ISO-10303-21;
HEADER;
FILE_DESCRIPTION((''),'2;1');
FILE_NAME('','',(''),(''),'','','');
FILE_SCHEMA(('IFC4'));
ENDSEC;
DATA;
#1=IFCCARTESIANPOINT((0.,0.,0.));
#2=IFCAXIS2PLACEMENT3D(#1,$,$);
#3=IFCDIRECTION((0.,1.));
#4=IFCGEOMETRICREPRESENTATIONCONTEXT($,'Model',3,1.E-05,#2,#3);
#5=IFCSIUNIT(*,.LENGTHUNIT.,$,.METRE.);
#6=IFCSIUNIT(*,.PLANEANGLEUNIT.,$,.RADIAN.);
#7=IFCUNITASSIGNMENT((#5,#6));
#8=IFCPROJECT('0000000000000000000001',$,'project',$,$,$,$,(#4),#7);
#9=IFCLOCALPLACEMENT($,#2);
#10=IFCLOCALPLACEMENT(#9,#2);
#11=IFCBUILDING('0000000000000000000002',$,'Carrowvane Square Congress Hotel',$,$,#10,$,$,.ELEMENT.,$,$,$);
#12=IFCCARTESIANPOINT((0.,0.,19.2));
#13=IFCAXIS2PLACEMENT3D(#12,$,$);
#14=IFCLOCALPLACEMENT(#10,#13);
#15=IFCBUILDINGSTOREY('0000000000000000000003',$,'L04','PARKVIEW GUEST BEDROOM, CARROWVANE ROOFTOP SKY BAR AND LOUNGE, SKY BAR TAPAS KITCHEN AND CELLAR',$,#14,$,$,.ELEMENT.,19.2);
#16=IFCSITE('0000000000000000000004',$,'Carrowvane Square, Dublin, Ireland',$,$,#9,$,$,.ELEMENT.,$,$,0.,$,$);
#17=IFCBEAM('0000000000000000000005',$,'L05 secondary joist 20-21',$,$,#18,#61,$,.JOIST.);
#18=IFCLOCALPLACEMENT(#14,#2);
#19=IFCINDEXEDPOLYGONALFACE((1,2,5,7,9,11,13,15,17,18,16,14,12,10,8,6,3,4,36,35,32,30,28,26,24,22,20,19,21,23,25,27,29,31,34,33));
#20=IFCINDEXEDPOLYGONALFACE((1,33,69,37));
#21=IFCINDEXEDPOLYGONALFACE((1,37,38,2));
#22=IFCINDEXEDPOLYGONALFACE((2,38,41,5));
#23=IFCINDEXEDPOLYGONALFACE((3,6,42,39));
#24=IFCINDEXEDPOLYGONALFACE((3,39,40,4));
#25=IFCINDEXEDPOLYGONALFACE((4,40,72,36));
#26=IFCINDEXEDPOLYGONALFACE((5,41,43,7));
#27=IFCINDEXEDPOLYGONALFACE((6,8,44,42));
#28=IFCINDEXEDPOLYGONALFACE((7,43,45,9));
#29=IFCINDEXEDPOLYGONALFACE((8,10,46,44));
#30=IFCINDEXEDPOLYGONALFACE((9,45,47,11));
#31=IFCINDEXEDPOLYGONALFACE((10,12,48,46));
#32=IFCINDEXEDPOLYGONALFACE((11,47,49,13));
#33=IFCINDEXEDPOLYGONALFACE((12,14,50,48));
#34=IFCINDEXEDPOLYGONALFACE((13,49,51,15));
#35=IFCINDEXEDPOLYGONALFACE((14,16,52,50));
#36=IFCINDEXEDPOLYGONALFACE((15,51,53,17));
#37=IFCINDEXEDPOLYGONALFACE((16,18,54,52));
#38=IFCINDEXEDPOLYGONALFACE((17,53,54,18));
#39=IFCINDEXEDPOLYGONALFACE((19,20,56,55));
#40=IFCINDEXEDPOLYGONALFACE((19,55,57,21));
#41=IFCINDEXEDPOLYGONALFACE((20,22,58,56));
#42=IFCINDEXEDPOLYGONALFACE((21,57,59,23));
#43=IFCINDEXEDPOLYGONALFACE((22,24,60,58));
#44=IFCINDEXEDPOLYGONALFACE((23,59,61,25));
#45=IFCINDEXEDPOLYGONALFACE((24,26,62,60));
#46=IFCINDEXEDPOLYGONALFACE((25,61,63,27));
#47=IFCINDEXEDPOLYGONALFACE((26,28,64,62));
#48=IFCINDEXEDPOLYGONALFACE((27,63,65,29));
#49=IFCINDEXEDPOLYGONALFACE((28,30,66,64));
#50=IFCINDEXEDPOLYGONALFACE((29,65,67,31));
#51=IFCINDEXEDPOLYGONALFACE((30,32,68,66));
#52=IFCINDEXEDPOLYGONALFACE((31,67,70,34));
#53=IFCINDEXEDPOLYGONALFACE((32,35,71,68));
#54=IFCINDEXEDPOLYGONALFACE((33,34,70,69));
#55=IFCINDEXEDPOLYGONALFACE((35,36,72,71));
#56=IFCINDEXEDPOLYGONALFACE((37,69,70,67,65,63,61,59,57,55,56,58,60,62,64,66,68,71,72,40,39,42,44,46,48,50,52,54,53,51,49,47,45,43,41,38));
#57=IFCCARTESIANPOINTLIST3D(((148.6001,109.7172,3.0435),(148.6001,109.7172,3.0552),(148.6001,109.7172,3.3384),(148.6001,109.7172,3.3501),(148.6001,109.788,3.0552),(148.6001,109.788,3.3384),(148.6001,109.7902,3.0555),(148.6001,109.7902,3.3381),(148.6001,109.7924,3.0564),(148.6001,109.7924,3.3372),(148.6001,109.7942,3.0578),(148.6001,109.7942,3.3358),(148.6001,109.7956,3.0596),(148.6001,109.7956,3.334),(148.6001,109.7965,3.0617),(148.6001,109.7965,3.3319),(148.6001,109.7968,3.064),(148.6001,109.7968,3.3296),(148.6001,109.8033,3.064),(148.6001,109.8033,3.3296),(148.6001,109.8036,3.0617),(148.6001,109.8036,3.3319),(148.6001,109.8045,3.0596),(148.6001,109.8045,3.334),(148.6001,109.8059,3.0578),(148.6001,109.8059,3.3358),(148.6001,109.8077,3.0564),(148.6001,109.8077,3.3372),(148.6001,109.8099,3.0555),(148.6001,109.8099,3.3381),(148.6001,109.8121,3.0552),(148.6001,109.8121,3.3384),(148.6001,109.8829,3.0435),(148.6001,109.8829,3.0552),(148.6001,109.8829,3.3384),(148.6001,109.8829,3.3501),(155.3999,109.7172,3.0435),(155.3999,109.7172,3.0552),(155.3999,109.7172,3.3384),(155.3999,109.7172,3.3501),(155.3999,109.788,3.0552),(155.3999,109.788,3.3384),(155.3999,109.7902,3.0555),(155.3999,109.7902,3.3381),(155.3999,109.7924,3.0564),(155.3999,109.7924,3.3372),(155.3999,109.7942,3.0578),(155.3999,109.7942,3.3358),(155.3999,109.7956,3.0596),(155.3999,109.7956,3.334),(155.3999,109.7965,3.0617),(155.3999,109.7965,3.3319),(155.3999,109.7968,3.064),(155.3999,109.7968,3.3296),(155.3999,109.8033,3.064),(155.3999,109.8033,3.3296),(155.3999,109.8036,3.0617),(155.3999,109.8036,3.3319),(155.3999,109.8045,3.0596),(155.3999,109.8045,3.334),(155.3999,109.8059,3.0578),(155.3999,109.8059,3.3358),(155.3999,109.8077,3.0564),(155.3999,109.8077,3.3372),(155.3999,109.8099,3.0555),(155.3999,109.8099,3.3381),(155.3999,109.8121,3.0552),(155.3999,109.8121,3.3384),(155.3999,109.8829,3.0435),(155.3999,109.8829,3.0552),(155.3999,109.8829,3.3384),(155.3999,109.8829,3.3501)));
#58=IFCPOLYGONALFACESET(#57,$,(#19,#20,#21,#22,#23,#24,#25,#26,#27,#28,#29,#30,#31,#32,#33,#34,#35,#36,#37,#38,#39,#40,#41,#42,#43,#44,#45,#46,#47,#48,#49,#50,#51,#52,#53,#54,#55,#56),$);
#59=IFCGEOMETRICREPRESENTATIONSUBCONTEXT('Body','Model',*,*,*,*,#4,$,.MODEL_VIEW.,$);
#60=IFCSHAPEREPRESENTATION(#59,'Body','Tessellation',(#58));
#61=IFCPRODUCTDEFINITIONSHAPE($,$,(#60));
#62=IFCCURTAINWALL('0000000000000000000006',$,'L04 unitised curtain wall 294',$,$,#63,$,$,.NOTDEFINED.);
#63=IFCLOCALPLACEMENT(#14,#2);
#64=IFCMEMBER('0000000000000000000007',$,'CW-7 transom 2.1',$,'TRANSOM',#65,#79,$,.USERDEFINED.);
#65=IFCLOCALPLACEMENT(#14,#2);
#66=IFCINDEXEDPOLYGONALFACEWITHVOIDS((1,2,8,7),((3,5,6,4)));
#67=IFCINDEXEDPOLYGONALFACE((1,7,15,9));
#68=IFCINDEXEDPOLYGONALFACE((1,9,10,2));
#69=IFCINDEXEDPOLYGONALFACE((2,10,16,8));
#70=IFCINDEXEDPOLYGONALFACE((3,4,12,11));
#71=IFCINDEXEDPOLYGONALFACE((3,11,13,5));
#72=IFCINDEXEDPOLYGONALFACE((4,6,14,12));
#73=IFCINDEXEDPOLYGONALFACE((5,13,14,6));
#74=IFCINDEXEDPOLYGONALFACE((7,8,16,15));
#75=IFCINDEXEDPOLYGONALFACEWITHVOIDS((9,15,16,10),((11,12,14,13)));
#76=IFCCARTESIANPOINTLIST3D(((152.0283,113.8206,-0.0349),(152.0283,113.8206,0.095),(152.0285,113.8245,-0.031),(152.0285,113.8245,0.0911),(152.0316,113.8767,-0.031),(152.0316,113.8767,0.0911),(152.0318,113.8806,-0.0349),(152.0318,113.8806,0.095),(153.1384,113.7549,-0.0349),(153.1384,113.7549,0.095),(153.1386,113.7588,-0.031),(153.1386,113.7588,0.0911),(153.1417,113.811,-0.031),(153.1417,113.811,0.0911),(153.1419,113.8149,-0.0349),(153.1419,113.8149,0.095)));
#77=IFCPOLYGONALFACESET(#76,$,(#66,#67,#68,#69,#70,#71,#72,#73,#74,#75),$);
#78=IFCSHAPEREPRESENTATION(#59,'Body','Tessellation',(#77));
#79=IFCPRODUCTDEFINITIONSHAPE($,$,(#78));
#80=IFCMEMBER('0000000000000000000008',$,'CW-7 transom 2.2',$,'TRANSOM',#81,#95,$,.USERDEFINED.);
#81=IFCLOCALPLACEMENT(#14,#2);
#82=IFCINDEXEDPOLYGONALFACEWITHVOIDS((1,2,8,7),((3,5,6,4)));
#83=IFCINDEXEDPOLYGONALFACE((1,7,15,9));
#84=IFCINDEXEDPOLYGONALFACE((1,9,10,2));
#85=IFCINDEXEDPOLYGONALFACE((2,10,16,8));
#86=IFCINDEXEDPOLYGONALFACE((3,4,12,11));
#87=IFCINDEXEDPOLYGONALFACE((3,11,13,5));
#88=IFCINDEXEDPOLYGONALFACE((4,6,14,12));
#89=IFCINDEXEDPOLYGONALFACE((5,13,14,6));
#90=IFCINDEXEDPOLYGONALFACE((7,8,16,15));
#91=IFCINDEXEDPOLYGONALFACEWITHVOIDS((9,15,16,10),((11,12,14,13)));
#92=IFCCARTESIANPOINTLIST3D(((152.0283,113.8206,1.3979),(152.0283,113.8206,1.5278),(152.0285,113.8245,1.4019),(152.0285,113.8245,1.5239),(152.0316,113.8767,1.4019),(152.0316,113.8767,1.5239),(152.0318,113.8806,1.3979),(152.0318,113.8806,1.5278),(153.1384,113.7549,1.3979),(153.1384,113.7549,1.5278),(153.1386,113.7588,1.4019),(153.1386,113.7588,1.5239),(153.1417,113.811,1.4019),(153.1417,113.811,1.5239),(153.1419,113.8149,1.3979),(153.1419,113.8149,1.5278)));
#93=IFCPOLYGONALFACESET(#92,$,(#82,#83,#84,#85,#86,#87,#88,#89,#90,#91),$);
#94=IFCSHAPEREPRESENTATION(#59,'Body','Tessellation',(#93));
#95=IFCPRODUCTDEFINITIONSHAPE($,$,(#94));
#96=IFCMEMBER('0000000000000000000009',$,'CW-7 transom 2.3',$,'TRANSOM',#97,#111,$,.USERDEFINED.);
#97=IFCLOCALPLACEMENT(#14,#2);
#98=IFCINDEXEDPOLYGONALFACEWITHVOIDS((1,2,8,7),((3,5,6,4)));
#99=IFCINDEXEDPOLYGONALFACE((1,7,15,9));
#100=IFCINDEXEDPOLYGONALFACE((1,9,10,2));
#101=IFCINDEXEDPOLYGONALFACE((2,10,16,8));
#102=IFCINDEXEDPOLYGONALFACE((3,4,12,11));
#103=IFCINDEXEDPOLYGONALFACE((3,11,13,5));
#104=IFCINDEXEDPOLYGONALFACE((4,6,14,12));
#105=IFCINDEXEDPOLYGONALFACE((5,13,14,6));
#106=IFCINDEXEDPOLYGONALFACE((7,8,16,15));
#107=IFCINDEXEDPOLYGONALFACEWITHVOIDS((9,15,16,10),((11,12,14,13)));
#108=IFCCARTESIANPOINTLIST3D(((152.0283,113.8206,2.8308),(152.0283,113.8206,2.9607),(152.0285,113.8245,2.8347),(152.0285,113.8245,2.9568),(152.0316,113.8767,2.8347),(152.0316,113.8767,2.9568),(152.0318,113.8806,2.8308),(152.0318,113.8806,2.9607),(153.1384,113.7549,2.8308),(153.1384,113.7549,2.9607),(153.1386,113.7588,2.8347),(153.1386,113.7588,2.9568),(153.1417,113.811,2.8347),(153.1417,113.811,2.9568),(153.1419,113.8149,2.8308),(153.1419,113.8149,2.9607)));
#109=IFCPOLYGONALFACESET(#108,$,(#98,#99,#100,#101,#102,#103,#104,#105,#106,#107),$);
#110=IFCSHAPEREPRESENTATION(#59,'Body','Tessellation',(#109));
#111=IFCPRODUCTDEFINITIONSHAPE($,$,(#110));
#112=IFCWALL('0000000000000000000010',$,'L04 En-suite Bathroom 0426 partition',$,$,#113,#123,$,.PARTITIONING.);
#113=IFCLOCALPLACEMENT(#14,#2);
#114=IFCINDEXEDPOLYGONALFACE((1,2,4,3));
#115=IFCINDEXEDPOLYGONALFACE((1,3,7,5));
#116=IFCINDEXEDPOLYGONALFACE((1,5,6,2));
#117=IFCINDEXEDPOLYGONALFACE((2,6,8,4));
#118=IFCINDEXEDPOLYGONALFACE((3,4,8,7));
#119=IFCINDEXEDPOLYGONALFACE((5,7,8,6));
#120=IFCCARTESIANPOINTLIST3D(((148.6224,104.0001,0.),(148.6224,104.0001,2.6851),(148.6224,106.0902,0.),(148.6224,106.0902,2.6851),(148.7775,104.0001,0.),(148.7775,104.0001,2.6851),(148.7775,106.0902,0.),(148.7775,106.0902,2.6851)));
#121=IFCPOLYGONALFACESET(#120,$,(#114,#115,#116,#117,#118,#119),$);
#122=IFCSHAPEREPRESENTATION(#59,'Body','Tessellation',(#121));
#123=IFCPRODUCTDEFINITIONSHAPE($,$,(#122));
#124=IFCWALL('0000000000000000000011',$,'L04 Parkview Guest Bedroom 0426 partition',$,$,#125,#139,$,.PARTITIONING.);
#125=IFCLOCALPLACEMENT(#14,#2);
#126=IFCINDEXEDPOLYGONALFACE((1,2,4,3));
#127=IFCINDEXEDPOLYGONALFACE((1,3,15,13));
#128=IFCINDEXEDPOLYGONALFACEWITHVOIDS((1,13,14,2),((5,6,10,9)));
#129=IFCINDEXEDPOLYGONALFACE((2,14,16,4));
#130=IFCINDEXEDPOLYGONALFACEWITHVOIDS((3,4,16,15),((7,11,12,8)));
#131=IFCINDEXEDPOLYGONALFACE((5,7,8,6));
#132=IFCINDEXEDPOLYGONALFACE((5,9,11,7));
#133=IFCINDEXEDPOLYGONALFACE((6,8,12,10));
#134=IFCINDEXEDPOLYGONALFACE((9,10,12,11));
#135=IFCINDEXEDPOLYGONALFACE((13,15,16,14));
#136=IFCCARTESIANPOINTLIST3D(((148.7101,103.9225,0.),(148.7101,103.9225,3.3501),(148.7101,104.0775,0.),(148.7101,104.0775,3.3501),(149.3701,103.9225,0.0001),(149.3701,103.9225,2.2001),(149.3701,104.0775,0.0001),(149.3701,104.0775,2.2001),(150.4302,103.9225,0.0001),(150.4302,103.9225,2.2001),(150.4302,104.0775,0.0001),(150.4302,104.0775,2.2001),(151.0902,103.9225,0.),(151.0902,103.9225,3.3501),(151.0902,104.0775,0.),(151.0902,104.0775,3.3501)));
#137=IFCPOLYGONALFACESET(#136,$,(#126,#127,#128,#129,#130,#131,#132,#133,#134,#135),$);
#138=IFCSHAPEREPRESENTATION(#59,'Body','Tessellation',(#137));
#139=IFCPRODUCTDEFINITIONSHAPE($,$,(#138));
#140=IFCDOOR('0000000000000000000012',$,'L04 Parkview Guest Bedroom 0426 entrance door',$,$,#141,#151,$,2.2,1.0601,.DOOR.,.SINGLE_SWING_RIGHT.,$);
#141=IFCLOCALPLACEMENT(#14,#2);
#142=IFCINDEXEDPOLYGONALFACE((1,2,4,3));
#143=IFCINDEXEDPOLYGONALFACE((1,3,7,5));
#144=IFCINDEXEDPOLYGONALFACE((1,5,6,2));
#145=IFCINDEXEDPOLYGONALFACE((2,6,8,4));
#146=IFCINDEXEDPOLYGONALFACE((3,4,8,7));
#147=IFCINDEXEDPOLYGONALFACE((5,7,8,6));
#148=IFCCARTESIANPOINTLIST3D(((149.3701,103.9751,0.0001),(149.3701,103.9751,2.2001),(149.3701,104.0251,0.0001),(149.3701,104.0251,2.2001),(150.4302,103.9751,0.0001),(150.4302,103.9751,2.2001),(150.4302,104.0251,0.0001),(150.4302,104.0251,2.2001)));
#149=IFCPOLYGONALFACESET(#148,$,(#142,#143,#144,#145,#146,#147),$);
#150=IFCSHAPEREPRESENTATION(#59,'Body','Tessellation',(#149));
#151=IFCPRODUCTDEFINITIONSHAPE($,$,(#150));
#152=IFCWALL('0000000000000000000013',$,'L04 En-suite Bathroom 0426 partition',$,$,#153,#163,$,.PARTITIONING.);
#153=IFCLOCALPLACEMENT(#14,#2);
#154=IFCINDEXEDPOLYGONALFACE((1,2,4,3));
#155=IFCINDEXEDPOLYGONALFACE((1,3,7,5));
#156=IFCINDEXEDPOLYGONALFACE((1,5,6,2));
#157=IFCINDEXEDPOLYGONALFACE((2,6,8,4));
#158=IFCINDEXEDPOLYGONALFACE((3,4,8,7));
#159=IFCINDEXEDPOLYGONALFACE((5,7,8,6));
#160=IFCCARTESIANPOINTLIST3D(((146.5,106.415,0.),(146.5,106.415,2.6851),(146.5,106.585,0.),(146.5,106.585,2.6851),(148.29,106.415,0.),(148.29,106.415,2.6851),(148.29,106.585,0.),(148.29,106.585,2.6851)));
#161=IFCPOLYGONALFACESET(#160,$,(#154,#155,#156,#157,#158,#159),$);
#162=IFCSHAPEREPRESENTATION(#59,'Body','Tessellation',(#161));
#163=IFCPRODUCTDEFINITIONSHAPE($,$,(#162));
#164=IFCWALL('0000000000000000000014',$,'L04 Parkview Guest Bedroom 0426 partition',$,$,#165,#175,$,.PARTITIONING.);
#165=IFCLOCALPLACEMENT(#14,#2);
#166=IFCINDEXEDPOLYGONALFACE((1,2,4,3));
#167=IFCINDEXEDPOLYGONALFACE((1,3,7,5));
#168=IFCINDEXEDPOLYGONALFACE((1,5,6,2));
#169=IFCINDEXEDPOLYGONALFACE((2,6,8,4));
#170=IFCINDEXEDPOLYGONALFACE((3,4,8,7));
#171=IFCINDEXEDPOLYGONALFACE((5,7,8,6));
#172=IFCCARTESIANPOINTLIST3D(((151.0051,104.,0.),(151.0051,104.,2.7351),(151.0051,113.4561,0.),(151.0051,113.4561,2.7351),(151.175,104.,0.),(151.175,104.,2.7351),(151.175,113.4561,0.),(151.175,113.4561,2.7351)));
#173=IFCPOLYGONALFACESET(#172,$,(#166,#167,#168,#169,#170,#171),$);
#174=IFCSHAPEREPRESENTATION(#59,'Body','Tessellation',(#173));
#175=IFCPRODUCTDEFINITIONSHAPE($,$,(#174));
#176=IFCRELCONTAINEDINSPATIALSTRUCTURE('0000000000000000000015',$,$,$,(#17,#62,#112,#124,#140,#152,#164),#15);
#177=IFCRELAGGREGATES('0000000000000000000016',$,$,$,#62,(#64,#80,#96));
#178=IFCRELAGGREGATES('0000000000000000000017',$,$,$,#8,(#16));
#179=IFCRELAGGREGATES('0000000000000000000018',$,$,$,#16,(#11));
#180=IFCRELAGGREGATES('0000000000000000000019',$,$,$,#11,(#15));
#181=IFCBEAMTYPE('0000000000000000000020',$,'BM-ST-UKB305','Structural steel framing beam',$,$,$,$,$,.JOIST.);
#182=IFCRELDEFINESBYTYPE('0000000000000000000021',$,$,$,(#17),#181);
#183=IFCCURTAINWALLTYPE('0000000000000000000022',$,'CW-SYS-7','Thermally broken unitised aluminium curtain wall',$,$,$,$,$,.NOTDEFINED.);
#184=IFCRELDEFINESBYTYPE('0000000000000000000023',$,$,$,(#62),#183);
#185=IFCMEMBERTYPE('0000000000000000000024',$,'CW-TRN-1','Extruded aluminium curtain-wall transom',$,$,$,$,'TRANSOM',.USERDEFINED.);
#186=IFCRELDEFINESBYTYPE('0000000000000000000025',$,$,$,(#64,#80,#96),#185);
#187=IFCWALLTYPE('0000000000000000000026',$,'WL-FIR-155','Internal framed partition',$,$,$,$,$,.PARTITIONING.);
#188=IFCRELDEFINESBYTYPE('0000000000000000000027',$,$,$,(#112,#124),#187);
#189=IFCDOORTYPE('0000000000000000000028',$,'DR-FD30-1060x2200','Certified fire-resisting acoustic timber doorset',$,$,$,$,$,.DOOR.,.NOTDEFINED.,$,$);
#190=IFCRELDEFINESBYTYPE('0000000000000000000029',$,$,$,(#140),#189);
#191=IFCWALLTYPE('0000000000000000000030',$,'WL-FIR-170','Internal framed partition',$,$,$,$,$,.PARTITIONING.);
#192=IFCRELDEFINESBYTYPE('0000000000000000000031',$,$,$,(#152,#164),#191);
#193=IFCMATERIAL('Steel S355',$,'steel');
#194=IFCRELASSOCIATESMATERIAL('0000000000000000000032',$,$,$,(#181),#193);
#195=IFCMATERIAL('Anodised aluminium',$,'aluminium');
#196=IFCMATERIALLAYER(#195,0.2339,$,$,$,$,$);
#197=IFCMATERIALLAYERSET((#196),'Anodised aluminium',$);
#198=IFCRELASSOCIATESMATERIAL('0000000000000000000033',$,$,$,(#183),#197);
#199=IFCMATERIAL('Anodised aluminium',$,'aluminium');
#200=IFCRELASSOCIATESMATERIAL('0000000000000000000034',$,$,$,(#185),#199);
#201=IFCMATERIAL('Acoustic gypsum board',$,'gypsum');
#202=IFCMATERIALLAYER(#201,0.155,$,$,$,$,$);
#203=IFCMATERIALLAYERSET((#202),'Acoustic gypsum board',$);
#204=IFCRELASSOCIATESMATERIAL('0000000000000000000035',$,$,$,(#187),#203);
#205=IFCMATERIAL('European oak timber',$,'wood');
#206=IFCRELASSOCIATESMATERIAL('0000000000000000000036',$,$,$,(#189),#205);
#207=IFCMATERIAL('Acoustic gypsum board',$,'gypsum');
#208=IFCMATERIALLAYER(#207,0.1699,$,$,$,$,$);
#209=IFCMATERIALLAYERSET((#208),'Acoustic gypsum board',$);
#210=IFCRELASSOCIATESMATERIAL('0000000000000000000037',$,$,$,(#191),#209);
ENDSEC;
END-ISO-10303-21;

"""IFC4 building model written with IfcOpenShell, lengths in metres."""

from ifc_helpers import new_model, si_unit, direction, frame, frame_2d, origin, origin_2d, place, context, subcontext, project, spatial, rectangle, hollow_rectangle, i_section, extrude, material, layer, layer_set, material_profile, profile_set, type_object, element, fill, aggregate, save


model = new_model("IFC4")

# Units and contexts
model_context = context("Model", 3, precision=1e-05, world=origin(), true_north=direction((0.0, 1.0)))
body_context = subcontext(model_context, "Body", "Model", "MODEL_VIEW")
ifc_project = project(units=[si_unit("LENGTHUNIT", "METRE"), si_unit("PLANEANGLEUNIT", "RADIAN")], contexts=[model_context])

# Site, building, storey
site_placement = place(None, origin())
site = spatial("IfcSite", under=ifc_project, at=site_placement, Name="Carrowvane Square, Dublin, Ireland", CompositionType="ELEMENT", RefElevation=0.0)
building_placement = place(site_placement, origin())
building = spatial("IfcBuilding", under=site, at=building_placement, Name="Carrowvane Square Congress Hotel", CompositionType="ELEMENT")
storey_placement = place(building_placement, frame((0.0, 0.0, 19.2)))
storey = spatial("IfcBuildingStorey", under=building, at=storey_placement, Name="L04", Description="PARKVIEW GUEST BEDROOM, CARROWVANE ROOFTOP SKY BAR AND LOUNGE, SKY BAR TAPAS KITCHEN AND CELLAR", CompositionType="ELEMENT", Elevation=19.2)

# Beam
ifc_material_1 = material(Name="Steel S355", Category="steel")
ifc_material_profile_1 = material_profile(ifc_material_1, i_section(OverallWidth=0.1658, OverallDepth=0.3066, WebThickness=0.0066, FlangeThickness=0.0117, FilletRadius=0.0088, at=origin_2d()), Name="UKB 305x165x46")
ifc_profile_set_1 = profile_set([ifc_material_profile_1], Name="Steel S355")
beam_type_1 = type_object("IfcBeamType", Name="BM-ST-UKB305", Description="Structural steel framing beam", PredefinedType="JOIST", material=ifc_profile_set_1)
beam_1_placement = place(storey_placement, frame((148.6001, 109.8, 3.1968), z_axis=(1.0, 0.0, 0.0), x_axis=(0.0, 1.0, 0.0)))
element("IfcBeam", 1, at=beam_1_placement, inside=storey, type_object=beam_type_1, Name="L05 secondary joist 20-21", PredefinedType="JOIST", context=body_context, shape_type="SweptSolid", body=[
    extrude(i_section(OverallWidth=0.1658, OverallDepth=0.3066, WebThickness=0.0066, FlangeThickness=0.0117, FilletRadius=0.0088, at=origin_2d()), origin(), (0.0, 0.0, 1.0), 6.7998),
])

# Curtain wall, members
ifc_material_2 = material(Name="Anodised aluminium", Category="aluminium")
ifc_layer_1 = layer(ifc_material_2, 0.2339)
ifc_layer_set_1 = layer_set([ifc_layer_1], Name="Anodised aluminium")
curtain_wall_type = type_object("IfcCurtainWallType", Name="CW-SYS-7", Description="Thermally broken unitised aluminium curtain wall", PredefinedType="NOTDEFINED", material=ifc_layer_set_1)
curtain_wall_placement = place(storey_placement, origin())
curtain_wall = element("IfcCurtainWall", 2, at=curtain_wall_placement, inside=storey, type_object=curtain_wall_type, Name="L04 unitised curtain wall 294", PredefinedType="NOTDEFINED")
ifc_material_3 = material(Name="Anodised aluminium", Category="aluminium")
ifc_material_profile_2 = material_profile(ifc_material_3, hollow_rectangle(XDim=0.0601, YDim=0.1299, WallThickness=0.0039, at=origin_2d()), Name="CW-TR 60x130x4")
ifc_profile_set_2 = profile_set([ifc_material_profile_2], Name="Anodised aluminium")
member_type = type_object("IfcMemberType", Name="CW-TRN-1", Description="Extruded aluminium curtain-wall transom", ElementType="TRANSOM", PredefinedType="USERDEFINED", material=ifc_profile_set_2)
member_1_placement = place(storey_placement, frame((152.03, 113.8506, 0.03), z_axis=(0.998255, -0.059057, 0.0), x_axis=(0.059057, 0.998255, 0.0)))
member_1 = element("IfcMember", 3, at=member_1_placement, type_object=member_type, Name="CW-7 transom 2.1", ObjectType="TRANSOM", PredefinedType="USERDEFINED", context=body_context, shape_type="SweptSolid", body=[
    extrude(hollow_rectangle(XDim=0.0601, YDim=0.1299, WallThickness=0.0039, at=origin_2d()), origin(), (0.0, 0.0, 1.0), 1.1121),
])
member_2_placement = place(storey_placement, frame((152.03, 113.8506, 1.4629), z_axis=(0.998255, -0.059057, 0.0), x_axis=(0.059057, 0.998255, 0.0)))
member_2 = element("IfcMember", 4, at=member_2_placement, type_object=member_type, Name="CW-7 transom 2.2", ObjectType="TRANSOM", PredefinedType="USERDEFINED", context=body_context, shape_type="SweptSolid", body=[
    extrude(hollow_rectangle(XDim=0.0601, YDim=0.1299, WallThickness=0.0039, at=origin_2d()), origin(), (0.0, 0.0, 1.0), 1.1121),
])
member_3_placement = place(storey_placement, frame((152.03, 113.8506, 2.8958), z_axis=(0.998255, -0.059057, 0.0), x_axis=(0.059057, 0.998255, 0.0)))
member_3 = element("IfcMember", 5, at=member_3_placement, type_object=member_type, Name="CW-7 transom 2.3", ObjectType="TRANSOM", PredefinedType="USERDEFINED", context=body_context, shape_type="SweptSolid", body=[
    extrude(hollow_rectangle(XDim=0.0601, YDim=0.1299, WallThickness=0.0039, at=origin_2d()), origin(), (0.0, 0.0, 1.0), 1.1121),
])
aggregate(curtain_wall, [member_1, member_2, member_3])

# Wall
ifc_material_4 = material(Name="Acoustic gypsum board", Category="gypsum")
ifc_layer_2 = layer(ifc_material_4, 0.155)
ifc_layer_set_2 = layer_set([ifc_layer_2], Name="Acoustic gypsum board")
wall_type_1 = type_object("IfcWallType", Name="WL-FIR-155", Description="Internal framed partition", PredefinedType="PARTITIONING", material=ifc_layer_set_2)
wall_1_placement = place(storey_placement, frame((148.7, 106.0901, 0.0), z_axis=(0.0, 0.0, 1.0), x_axis=(0.0, -1.0, 0.0)))
element("IfcWall", 6, at=wall_1_placement, inside=storey, type_object=wall_type_1, Name="L04 En-suite Bathroom 0426 partition", PredefinedType="PARTITIONING", context=body_context, shape_type="SweptSolid", body=[
    extrude(rectangle(XDim=2.0901, YDim=0.155, at=frame_2d((1.0449, 0.0))), origin(), (0.0, 0.0, 1.0), 2.6851),
])

# Wall, opening, door
wall_2_placement = place(storey_placement, frame((151.0901, 104.0, 0.0), z_axis=(0.0, 0.0, 1.0), x_axis=(-1.0, 0.0, 0.0)))
wall_2 = element("IfcWall", 7, at=wall_2_placement, inside=storey, type_object=wall_type_1, Name="L04 Parkview Guest Bedroom 0426 partition", PredefinedType="PARTITIONING", context=body_context, shape_type="SweptSolid", body=[
    extrude(rectangle(XDim=2.3801, YDim=0.155, at=frame_2d((1.1899, 0.0))), origin(), (0.0, 0.0, 1.0), 3.3501),
])
opening_1_placement = place(wall_2_placement, frame((0.6599, 0.0, 0.0)))
opening_1 = element("IfcOpeningElement", 8, at=opening_1_placement, cuts=wall_2, PredefinedType="OPENING", context=body_context, shape_type="SweptSolid", body=[
    extrude(rectangle(XDim=1.0601, YDim=2.2, at=frame_2d((0.53, 1.1001))), frame((0.0, 0.0874, 0.0), z_axis=(0.0, -1.0, 0.0), x_axis=(1.0, 0.0, 0.0)), (0.0, 0.0, 1.0), 0.175),
])
ifc_material_5 = material(Name="European oak timber", Category="wood")
door_type_1 = type_object("IfcDoorType", Name="DR-FD30-1060x2200", Description="Certified fire-resisting acoustic timber doorset", OperationType="NOTDEFINED", PredefinedType="DOOR", material=ifc_material_5)
door_1_placement = place(opening_1_placement, origin())
door_1 = element("IfcDoor", 9, at=door_1_placement, inside=storey, type_object=door_type_1, Name="L04 Parkview Guest Bedroom 0426 entrance door", OperationType="SINGLE_SWING_RIGHT", OverallHeight=2.2, OverallWidth=1.0601, PredefinedType="DOOR", context=body_context, shape_type="SweptSolid", body=[
    extrude(rectangle(XDim=1.0601, YDim=2.2, at=frame_2d((0.53, 1.1001))), frame((0.0, 0.0249, 0.0), z_axis=(0.0, -1.0, 0.0), x_axis=(1.0, 0.0, 0.0)), (0.0, 0.0, 1.0), 0.05),
])
fill(opening_1, door_1)
ifc_material_6 = material(Name="Acoustic gypsum board", Category="gypsum")
ifc_layer_3 = layer(ifc_material_6, 0.1699)
ifc_layer_set_3 = layer_set([ifc_layer_3], Name="Acoustic gypsum board")
wall_type_2 = type_object("IfcWallType", Name="WL-FIR-170", Description="Internal framed partition", PredefinedType="PARTITIONING", material=ifc_layer_set_3)

# Walls
wall_3_placement = place(storey_placement, frame((146.5, 106.5, 0.0), z_axis=(0.0, 0.0, 1.0), x_axis=(1.0, 0.0, 0.0)))
element("IfcWall", 10, at=wall_3_placement, inside=storey, type_object=wall_type_2, Name="L04 En-suite Bathroom 0426 partition", PredefinedType="PARTITIONING", context=body_context, shape_type="SweptSolid", body=[
    extrude(rectangle(XDim=1.79, YDim=0.1699, at=frame_2d((0.895, 0.0))), origin(), (0.0, 0.0, 1.0), 2.6851),
])
wall_4_placement = place(storey_placement, frame((151.0901, 113.4561, 0.0), z_axis=(0.0, 0.0, 1.0), x_axis=(0.0, -1.0, 0.0)))
element("IfcWall", 11, at=wall_4_placement, inside=storey, type_object=wall_type_2, Name="L04 Parkview Guest Bedroom 0426 partition", PredefinedType="PARTITIONING", context=body_context, shape_type="SweptSolid", body=[
    extrude(rectangle(XDim=9.4561, YDim=0.1699, at=frame_2d((4.728, 0.0))), origin(), (0.0, 0.0, 1.0), 2.7351),
])

save(model, "model.ifc")
